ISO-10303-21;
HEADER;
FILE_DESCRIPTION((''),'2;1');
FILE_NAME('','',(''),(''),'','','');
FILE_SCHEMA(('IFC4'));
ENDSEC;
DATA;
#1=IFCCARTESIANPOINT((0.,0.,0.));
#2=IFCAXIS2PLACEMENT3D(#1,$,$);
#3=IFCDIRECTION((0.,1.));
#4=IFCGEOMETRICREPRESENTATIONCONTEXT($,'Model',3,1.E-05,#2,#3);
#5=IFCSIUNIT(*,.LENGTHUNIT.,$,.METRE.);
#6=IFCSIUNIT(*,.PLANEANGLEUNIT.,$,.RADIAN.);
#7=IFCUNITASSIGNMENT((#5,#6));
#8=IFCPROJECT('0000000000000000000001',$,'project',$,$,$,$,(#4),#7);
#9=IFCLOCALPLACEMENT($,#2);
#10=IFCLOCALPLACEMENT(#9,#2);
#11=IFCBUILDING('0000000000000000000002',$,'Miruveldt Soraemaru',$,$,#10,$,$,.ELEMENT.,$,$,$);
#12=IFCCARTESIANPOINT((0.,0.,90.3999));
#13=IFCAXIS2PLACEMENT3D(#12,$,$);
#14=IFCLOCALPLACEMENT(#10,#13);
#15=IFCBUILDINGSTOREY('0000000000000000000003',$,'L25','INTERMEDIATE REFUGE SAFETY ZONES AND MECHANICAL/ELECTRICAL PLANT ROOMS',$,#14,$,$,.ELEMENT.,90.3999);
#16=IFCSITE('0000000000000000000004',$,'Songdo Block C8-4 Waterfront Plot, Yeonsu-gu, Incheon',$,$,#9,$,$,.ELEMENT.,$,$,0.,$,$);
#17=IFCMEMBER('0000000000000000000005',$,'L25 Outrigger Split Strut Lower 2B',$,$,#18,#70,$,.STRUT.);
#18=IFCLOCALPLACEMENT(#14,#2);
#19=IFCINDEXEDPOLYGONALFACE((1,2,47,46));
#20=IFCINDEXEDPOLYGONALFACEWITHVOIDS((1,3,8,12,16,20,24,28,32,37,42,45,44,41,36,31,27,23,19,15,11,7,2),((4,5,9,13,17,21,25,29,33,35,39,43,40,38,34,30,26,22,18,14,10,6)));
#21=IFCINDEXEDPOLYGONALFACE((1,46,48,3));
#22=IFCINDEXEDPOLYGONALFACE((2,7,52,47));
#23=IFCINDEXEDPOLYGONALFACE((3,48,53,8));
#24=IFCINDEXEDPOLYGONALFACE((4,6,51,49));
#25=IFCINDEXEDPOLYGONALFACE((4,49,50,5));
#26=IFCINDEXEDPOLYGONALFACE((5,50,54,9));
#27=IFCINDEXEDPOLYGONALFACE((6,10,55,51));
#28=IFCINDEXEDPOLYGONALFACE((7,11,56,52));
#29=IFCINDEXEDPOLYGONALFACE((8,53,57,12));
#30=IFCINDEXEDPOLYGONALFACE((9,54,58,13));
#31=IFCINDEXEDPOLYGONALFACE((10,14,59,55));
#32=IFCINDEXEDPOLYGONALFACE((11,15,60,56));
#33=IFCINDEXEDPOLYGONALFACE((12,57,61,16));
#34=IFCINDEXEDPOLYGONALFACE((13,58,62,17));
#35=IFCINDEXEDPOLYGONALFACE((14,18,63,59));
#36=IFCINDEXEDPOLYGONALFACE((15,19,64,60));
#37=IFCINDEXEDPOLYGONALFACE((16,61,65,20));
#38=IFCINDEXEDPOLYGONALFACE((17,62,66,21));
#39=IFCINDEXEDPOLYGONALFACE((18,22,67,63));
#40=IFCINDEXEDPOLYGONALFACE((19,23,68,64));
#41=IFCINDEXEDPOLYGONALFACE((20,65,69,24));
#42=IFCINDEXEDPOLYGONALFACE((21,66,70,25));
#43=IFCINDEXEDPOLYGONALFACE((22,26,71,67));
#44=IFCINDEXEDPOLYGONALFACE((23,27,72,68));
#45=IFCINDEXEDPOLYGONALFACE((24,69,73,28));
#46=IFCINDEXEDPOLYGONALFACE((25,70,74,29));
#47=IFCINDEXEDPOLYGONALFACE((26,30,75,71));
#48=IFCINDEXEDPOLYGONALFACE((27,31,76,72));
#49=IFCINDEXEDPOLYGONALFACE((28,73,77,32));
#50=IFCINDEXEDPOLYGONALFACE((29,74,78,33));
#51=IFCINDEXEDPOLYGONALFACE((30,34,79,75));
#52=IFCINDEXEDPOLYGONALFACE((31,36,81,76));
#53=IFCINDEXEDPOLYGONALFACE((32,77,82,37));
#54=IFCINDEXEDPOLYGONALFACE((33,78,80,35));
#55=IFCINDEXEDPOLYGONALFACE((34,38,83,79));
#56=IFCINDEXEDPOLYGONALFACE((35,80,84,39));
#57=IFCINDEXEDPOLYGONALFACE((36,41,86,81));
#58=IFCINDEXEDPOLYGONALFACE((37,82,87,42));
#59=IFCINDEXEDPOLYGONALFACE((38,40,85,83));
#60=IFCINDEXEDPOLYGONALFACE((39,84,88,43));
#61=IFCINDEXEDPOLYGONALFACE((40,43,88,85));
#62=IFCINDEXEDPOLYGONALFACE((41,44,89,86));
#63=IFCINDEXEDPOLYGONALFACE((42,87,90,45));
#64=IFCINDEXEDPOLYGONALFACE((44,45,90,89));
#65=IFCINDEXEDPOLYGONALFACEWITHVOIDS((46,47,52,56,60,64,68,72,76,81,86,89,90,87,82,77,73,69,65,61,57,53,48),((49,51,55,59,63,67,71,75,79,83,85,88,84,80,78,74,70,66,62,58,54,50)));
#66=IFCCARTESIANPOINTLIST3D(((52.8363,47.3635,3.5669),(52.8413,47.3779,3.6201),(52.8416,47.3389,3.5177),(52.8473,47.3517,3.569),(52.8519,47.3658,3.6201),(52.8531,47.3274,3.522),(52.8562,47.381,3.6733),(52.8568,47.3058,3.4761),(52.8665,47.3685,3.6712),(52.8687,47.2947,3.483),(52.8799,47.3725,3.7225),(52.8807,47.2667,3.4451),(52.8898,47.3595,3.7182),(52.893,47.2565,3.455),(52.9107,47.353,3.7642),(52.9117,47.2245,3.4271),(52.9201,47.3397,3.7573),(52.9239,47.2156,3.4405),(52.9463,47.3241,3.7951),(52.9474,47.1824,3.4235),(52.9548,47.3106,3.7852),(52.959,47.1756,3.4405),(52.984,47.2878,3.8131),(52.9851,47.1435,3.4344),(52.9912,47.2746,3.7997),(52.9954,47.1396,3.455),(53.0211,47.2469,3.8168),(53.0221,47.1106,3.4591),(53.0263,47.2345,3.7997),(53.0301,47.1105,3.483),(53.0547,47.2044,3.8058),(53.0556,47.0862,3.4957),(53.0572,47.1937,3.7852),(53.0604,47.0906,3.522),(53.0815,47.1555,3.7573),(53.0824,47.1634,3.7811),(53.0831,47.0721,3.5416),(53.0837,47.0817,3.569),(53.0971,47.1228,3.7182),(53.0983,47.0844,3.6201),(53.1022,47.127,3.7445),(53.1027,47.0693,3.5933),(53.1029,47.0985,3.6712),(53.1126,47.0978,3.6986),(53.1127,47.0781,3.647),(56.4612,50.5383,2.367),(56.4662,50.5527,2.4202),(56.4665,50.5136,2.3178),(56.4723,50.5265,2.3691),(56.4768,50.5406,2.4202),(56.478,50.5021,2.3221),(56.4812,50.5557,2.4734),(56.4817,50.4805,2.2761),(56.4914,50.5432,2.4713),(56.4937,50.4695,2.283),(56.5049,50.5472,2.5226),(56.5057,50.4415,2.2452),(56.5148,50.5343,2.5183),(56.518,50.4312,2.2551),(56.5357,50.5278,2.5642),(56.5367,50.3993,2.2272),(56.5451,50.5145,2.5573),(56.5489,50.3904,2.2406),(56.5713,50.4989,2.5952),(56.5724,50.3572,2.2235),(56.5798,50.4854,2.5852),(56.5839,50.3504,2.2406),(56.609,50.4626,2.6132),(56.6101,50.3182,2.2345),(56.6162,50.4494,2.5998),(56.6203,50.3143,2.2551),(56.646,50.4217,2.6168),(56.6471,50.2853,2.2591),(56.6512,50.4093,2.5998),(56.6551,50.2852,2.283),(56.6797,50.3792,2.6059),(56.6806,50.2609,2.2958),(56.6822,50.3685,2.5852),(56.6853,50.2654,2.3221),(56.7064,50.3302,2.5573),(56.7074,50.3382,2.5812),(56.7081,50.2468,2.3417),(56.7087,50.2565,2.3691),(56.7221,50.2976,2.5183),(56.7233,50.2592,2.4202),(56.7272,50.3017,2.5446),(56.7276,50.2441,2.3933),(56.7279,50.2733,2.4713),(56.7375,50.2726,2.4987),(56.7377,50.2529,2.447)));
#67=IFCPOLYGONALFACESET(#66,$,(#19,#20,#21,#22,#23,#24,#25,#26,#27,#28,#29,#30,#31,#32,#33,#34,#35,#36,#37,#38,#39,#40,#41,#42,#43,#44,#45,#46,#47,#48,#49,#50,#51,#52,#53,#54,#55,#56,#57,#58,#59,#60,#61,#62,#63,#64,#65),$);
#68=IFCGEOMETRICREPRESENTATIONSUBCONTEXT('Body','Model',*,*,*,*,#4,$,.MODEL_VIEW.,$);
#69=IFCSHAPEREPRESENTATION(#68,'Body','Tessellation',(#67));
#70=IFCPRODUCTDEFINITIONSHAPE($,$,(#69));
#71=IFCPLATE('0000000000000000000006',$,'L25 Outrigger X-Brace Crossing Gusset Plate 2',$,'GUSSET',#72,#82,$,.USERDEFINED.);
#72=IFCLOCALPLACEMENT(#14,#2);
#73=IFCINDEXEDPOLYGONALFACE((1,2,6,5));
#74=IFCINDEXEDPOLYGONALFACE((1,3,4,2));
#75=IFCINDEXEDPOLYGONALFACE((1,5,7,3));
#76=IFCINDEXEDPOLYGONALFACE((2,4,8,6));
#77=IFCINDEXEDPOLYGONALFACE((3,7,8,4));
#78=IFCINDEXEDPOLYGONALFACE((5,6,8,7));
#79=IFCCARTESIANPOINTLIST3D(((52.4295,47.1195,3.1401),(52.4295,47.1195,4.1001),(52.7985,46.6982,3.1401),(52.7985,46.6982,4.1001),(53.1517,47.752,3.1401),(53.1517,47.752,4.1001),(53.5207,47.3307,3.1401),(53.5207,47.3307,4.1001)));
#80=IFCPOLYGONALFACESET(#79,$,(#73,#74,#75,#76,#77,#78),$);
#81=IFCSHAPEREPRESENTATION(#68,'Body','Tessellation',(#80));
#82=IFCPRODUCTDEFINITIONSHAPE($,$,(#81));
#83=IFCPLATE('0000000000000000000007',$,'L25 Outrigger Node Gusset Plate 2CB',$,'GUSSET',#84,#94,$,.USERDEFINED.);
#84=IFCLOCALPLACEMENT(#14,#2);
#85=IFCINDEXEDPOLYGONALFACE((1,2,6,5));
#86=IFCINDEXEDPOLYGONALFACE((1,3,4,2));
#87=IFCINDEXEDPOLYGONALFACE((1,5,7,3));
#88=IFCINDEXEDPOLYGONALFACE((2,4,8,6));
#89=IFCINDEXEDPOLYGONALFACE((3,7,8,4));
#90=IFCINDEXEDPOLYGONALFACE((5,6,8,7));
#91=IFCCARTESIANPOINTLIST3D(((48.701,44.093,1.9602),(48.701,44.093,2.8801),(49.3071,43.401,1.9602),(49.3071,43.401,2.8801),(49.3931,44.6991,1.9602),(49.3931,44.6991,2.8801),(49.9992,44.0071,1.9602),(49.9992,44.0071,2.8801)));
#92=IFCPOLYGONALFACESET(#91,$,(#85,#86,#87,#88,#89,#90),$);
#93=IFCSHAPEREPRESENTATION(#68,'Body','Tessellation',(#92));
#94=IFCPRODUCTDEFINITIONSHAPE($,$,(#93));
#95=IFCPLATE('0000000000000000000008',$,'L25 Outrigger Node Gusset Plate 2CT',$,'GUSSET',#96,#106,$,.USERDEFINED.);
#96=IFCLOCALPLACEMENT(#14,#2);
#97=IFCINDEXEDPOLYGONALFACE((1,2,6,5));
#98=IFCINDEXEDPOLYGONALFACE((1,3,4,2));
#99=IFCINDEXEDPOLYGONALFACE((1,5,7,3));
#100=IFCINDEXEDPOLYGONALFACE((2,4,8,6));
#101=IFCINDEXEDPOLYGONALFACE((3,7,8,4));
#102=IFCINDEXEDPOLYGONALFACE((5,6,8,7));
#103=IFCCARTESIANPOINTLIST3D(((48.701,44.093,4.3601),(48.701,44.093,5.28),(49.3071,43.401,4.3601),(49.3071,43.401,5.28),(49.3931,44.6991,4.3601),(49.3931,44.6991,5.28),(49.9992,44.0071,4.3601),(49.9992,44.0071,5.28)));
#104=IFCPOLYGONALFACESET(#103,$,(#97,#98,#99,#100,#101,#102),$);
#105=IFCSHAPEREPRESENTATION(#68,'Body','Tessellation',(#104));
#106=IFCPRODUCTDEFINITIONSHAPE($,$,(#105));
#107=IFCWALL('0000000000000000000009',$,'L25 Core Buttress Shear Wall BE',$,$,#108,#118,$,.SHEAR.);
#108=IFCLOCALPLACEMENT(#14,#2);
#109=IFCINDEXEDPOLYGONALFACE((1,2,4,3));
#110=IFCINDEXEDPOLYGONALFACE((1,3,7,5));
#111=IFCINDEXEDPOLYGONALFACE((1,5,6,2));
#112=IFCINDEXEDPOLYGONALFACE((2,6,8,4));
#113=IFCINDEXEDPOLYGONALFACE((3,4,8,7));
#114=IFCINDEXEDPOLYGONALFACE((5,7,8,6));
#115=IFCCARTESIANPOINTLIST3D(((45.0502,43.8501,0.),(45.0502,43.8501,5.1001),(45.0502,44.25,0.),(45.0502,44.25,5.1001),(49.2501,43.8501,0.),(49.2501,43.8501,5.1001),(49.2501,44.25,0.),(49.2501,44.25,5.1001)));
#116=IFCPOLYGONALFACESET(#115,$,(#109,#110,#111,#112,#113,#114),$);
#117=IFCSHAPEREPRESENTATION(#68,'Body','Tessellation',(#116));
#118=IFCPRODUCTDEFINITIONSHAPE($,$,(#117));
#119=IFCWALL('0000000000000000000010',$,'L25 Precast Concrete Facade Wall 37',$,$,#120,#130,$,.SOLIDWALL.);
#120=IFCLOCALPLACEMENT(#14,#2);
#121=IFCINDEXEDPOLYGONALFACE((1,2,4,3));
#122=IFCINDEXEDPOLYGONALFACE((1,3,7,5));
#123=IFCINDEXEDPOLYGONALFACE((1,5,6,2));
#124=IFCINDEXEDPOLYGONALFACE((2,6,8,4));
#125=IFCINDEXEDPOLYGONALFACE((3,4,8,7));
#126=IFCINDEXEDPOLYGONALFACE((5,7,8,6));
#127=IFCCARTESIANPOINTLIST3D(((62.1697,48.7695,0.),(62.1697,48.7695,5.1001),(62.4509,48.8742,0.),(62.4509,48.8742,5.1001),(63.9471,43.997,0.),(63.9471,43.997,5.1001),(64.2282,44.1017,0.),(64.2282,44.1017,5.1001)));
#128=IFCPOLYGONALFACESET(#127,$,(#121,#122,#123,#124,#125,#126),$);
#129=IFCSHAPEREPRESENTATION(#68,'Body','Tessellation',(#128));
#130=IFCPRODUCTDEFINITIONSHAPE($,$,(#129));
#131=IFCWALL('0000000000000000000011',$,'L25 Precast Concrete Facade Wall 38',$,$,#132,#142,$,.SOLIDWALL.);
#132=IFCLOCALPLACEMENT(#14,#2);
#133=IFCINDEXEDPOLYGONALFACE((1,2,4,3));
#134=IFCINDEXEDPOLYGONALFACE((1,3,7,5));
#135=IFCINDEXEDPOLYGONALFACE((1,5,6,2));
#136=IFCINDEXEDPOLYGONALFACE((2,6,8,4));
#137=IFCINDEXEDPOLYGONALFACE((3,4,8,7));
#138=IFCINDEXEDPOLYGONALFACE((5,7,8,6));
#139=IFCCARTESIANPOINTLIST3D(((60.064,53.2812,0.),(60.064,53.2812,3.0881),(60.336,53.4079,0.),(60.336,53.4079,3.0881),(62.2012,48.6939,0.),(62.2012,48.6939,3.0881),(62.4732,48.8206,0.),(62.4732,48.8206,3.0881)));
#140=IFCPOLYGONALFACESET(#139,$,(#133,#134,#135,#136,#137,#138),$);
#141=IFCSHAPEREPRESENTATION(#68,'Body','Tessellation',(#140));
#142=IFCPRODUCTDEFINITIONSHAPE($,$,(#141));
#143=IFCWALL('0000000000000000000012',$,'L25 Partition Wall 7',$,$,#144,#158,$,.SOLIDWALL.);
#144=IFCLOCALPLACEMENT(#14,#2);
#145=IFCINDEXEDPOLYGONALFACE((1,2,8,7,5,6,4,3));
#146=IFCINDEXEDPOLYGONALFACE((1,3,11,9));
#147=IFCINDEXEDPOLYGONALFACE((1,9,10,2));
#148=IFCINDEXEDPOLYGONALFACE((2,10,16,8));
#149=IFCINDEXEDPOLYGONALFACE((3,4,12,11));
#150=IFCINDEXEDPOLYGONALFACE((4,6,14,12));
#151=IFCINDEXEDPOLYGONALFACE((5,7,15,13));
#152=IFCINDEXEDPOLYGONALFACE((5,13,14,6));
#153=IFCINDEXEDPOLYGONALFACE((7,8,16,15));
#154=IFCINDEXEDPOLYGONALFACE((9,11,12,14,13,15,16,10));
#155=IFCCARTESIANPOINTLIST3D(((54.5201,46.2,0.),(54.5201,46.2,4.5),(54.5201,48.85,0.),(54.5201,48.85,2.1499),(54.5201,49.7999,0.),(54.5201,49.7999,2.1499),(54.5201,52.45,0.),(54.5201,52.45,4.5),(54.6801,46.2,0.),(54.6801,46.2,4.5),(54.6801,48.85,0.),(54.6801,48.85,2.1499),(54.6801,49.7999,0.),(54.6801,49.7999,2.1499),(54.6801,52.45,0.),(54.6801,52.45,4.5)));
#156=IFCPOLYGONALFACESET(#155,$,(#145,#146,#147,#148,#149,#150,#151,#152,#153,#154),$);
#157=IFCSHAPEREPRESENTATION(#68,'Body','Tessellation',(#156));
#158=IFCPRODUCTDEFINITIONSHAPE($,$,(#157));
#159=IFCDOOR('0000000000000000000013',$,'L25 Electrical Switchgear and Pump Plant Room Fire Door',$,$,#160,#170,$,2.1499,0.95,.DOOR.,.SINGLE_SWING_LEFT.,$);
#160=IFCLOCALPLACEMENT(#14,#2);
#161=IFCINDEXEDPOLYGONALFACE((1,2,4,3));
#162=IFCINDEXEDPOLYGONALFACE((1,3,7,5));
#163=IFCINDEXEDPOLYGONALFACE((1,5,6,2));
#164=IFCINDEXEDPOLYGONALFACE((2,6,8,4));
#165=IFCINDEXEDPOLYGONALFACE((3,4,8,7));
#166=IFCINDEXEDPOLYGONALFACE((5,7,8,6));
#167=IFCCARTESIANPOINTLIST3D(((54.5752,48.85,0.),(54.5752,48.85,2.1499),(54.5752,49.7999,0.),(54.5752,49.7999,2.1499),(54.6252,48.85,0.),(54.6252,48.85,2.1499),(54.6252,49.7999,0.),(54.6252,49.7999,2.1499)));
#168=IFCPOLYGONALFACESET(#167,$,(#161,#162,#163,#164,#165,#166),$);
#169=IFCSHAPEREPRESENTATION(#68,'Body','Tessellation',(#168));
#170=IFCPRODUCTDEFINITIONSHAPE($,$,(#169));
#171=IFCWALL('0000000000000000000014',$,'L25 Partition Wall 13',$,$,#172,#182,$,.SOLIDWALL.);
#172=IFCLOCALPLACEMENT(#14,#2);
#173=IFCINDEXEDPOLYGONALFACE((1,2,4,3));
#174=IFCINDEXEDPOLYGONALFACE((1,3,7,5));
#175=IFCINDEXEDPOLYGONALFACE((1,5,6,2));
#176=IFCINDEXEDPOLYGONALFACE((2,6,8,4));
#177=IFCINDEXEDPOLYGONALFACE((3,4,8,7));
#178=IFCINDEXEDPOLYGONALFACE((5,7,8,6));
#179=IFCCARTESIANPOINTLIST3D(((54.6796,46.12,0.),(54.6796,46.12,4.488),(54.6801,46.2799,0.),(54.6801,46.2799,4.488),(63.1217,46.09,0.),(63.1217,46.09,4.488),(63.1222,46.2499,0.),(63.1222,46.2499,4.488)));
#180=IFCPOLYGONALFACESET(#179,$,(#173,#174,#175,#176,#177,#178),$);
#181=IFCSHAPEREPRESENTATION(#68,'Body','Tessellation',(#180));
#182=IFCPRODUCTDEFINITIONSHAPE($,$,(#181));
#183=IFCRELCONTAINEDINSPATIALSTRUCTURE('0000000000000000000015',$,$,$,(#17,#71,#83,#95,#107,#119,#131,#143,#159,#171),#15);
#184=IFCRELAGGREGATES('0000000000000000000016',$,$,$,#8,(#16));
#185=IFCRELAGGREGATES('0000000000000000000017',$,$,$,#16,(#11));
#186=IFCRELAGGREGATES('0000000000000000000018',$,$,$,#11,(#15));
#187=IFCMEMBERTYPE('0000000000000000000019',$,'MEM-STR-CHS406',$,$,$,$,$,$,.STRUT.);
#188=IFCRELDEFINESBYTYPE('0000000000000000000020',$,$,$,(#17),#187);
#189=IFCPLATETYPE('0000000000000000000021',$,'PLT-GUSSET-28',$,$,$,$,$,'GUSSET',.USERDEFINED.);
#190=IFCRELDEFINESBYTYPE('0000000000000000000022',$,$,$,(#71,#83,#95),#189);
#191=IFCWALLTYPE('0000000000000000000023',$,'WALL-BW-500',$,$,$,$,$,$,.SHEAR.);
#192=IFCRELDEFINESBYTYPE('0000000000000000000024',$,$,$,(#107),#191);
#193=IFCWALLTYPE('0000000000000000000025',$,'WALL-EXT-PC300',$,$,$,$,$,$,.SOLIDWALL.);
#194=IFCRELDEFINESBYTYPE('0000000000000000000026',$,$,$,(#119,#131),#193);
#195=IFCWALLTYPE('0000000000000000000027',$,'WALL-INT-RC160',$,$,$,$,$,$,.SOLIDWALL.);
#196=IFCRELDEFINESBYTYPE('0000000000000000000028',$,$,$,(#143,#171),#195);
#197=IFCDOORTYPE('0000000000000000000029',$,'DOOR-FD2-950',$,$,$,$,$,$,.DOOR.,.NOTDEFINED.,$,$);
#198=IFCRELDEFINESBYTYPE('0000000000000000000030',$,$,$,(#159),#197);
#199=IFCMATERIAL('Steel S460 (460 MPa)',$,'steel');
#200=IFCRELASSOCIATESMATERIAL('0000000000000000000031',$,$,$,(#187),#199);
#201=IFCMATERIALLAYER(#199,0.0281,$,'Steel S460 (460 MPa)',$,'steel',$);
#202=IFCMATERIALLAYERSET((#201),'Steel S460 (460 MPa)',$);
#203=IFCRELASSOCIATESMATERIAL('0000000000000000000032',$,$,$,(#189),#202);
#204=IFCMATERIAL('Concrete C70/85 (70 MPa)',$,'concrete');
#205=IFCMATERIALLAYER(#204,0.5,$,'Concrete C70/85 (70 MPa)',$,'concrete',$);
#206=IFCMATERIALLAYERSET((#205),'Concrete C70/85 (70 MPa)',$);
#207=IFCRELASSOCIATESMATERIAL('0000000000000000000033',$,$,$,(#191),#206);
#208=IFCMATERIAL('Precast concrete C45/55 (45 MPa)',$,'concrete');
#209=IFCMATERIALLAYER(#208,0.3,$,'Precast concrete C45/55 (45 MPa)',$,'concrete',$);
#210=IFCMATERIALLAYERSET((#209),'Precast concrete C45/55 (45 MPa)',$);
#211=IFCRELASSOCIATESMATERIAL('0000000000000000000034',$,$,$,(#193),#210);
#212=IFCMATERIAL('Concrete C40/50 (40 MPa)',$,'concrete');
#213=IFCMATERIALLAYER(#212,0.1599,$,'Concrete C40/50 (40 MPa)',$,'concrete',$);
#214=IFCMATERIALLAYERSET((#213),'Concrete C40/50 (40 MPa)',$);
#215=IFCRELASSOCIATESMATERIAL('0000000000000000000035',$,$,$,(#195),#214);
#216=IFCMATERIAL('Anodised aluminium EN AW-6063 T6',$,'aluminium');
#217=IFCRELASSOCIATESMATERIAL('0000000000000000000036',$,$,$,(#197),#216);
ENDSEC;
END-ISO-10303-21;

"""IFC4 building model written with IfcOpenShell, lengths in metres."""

from ifc_helpers import new_model, si_unit, direction, frame, frame_2d, origin, origin_2d, place, context, subcontext, project, spatial, rectangle, hollow_circle, extrude, material, layer, layer_set, material_profile, profile_set, type_object, element, fill, save


model = new_model("IFC4")

# Units and contexts
model_context = context("Model", 3, precision=1e-05, world=origin(), true_north=direction((0.0, 1.0)))
body_context = subcontext(model_context, "Body", "Model", "MODEL_VIEW")
ifc_project = project(units=[si_unit("LENGTHUNIT", "METRE"), si_unit("PLANEANGLEUNIT", "RADIAN")], contexts=[model_context])

# Site, building, storey
site_placement = place(None, origin())
site = spatial("IfcSite", under=ifc_project, at=site_placement, Name="Songdo Block C8-4 Waterfront Plot, Yeonsu-gu, Incheon", CompositionType="ELEMENT", RefElevation=0.0)
building_placement = place(site_placement, origin())
building = spatial("IfcBuilding", under=site, at=building_placement, Name="Miruveldt Soraemaru", CompositionType="ELEMENT")
storey_placement = place(building_placement, frame((0.0, 0.0, 90.3999)))
storey = spatial("IfcBuildingStorey", under=building, at=storey_placement, Name="L25", Description="INTERMEDIATE REFUGE SAFETY ZONES AND MECHANICAL/ELECTRICAL PLANT ROOMS", CompositionType="ELEMENT", Elevation=90.3999)

# Shared definitions
ifc_material_1 = material(Name="Concrete C70/85 (70 MPa)", Category="concrete")

# Member
ifc_material_2 = material(Name="Steel S460 (460 MPa)", Category="steel")
ifc_material_profile_1 = material_profile(ifc_material_2, hollow_circle(Radius=0.2031, WallThickness=0.0161, at=origin_2d()), Name="Steel S460 (460 MPa)", Category="steel")
ifc_profile_set_1 = profile_set([ifc_material_profile_1], Name="Steel S460 (460 MPa)")
member_type_1 = type_object("IfcMemberType", Name="MEM-STR-CHS406", PredefinedType="STRUT", material=ifc_profile_set_1)
member_1_placement = place(storey_placement, frame((52.9751, 47.2251, 3.6201), z_axis=(0.729982, 0.639325, -0.24164), x_axis=(-0.658849, 0.752275, 0.0)))
element("IfcMember", 1, at=member_1_placement, inside=storey, type_object=member_type_1, Name="L25 Outrigger Split Strut Lower 2B", PredefinedType="STRUT", context=body_context, shape_type="SweptSolid", body=[
    extrude(hollow_circle(Radius=0.2031, WallThickness=0.0161, at=origin_2d()), origin(), (0.0, 0.0, 1.0), 4.9658),
])

# Plates
ifc_layer_1 = layer(ifc_material_2, 0.0281, Name="Steel S460 (460 MPa)", Category="steel")
ifc_layer_set_1 = layer_set([ifc_layer_1], Name="Steel S460 (460 MPa)")
plate_type = type_object("IfcPlateType", Name="PLT-GUSSET-28", ElementType="GUSSET", PredefinedType="USERDEFINED", material=ifc_layer_set_1)
plate_placement = place(storey_placement, frame((52.9751, 47.2251, 3.1401), z_axis=(0.0, 0.0, 1.0), x_axis=(0.7523, 0.658821, 0.0)))
element("IfcPlate", 2, at=plate_placement, inside=storey, type_object=plate_type, Name="L25 Outrigger X-Brace Crossing Gusset Plate 2", ObjectType="GUSSET", PredefinedType="USERDEFINED", context=body_context, shape_type="SweptSolid", body=[
    extrude(rectangle(XDim=0.96, YDim=0.5601, at=origin_2d()), origin(), (0.0, 0.0, 1.0), 0.96),
])
for number, where, z_axis, x_axis, name in (
    (3, (49.3501, 44.05, 1.9602), (0.0, 0.0, 1.0), (0.7523, 0.658821, 0.0), "L25 Outrigger Node Gusset Plate 2CB"),
    (4, (49.3501, 44.05, 4.3601), (0.0, 0.0, 1.0), (0.7523, 0.658821, 0.0), "L25 Outrigger Node Gusset Plate 2CT"),
):
    element("IfcPlate", number, at=place(storey_placement, frame(where, z_axis=z_axis, x_axis=x_axis)), inside=storey, type_object=plate_type, Name=name, ObjectType="GUSSET", PredefinedType="USERDEFINED", context=body_context, shape_type="SweptSolid", body=[
        extrude(rectangle(XDim=0.9199, YDim=0.9199, at=origin_2d()), origin(), (0.0, 0.0, 1.0), 0.9199),
    ])

# Walls
ifc_layer_2 = layer(ifc_material_1, 0.5, Name="Concrete C70/85 (70 MPa)", Category="concrete")
ifc_layer_set_2 = layer_set([ifc_layer_2], Name="Concrete C70/85 (70 MPa)")
wall_type_1 = type_object("IfcWallType", Name="WALL-BW-500", PredefinedType="SHEAR", material=ifc_layer_set_2)
wall_1_placement = place(storey_placement, frame((45.05, 44.05, 0.0), z_axis=(0.0, 0.0, 1.0), x_axis=(1.0, 0.0, 0.0)))
element("IfcWall", 5, at=wall_1_placement, inside=storey, type_object=wall_type_1, Name="L25 Core Buttress Shear Wall BE", PredefinedType="SHEAR", context=body_context, shape_type="SweptSolid", body=[
    extrude(rectangle(XDim=4.2, YDim=0.3999, at=frame_2d((2.1001, 0.0))), origin(), (0.0, 0.0, 1.0), 5.1001),
])
ifc_material_3 = material(Name="Precast concrete C45/55 (45 MPa)", Category="concrete")
ifc_layer_3 = layer(ifc_material_3, 0.3, Name="Precast concrete C45/55 (45 MPa)", Category="concrete")
ifc_layer_set_3 = layer_set([ifc_layer_3], Name="Precast concrete C45/55 (45 MPa)")
wall_type_2 = type_object("IfcWallType", Name="WALL-EXT-PC300", PredefinedType="SOLIDWALL", material=ifc_layer_set_3)
wall_2_placement = place(storey_placement, frame((64.0876, 44.0493, 0.0), z_axis=(0.0, 0.0, 1.0), x_axis=(-0.349, 0.937123, 0.0)))
element("IfcWall", 6, at=wall_2_placement, inside=storey, type_object=wall_type_2, Name="L25 Precast Concrete Facade Wall 37", PredefinedType="SOLIDWALL", context=body_context, shape_type="SweptSolid", body=[
    extrude(rectangle(XDim=5.0928, YDim=0.3, at=frame_2d((2.5464, 0.0))), origin(), (0.0, 0.0, 1.0), 5.1001),
])
wall_3_placement = place(storey_placement, frame((62.3372, 48.7573, 0.0), z_axis=(0.0, 0.0, 1.0), x_axis=(-0.422304, 0.906454, 0.0)))
element("IfcWall", 7, at=wall_3_placement, inside=storey, type_object=wall_type_2, Name="L25 Precast Concrete Facade Wall 38", PredefinedType="SOLIDWALL", context=body_context, shape_type="SweptSolid", body=[
    extrude(rectangle(XDim=5.0608, YDim=0.3, at=frame_2d((2.5303, 0.0))), origin(), (0.0, 0.0, 1.0), 3.0881),
])

# Wall, opening, door
ifc_material_4 = material(Name="Concrete C40/50 (40 MPa)", Category="concrete")
ifc_layer_4 = layer(ifc_material_4, 0.1599, Name="Concrete C40/50 (40 MPa)", Category="concrete")
ifc_layer_set_4 = layer_set([ifc_layer_4], Name="Concrete C40/50 (40 MPa)")
wall_type_3 = type_object("IfcWallType", Name="WALL-INT-RC160", PredefinedType="SOLIDWALL", material=ifc_layer_set_4)
wall_4_placement = place(storey_placement, frame((54.6001, 46.2, 0.0), z_axis=(0.0, 0.0, 1.0), x_axis=(0.0, 1.0, 0.0)))
wall_4 = element("IfcWall", 8, at=wall_4_placement, inside=storey, type_object=wall_type_3, Name="L25 Partition Wall 7", PredefinedType="SOLIDWALL", context=body_context, shape_type="SweptSolid", body=[
    extrude(rectangle(XDim=6.25, YDim=0.1599, at=frame_2d((3.125, 0.0))), origin(), (0.0, 0.0, 1.0), 4.5),
])
opening_1_placement = place(wall_4_placement, frame((2.6499, 0.0, 0.0)))
opening_1 = element("IfcOpeningElement", 9, at=opening_1_placement, cuts=wall_4, PredefinedType="OPENING", context=body_context, shape_type="SweptSolid", body=[
    extrude(rectangle(XDim=0.95, YDim=2.1499, at=frame_2d((0.4751, 1.075))), frame((0.0, 0.0898, 0.0), z_axis=(0.0, -1.0, 0.0), x_axis=(1.0, 0.0, 0.0)), (0.0, 0.0, 1.0), 0.1799),
])
ifc_material_5 = material(Name="Anodised aluminium EN AW-6063 T6", Category="aluminium")
door_type_1 = type_object("IfcDoorType", Name="DOOR-FD2-950", OperationType="NOTDEFINED", PredefinedType="DOOR", material=ifc_material_5)
door_1_placement = place(opening_1_placement, origin())
door_1 = element("IfcDoor", 10, at=door_1_placement, inside=storey, type_object=door_type_1, Name="L25 Electrical Switchgear and Pump Plant Room Fire Door", OperationType="SINGLE_SWING_LEFT", OverallHeight=2.1499, OverallWidth=0.95, PredefinedType="DOOR", context=body_context, shape_type="SweptSolid", body=[
    extrude(rectangle(XDim=0.95, YDim=2.1499, at=frame_2d((0.4751, 1.075))), frame((0.0, 0.0249, 0.0), z_axis=(0.0, -1.0, 0.0), x_axis=(1.0, 0.0, 0.0)), (0.0, 0.0, 1.0), 0.05),
])
fill(opening_1, door_1)

# Wall
wall_5_placement = place(storey_placement, frame((63.1221, 46.1699, 0.0), z_axis=(0.0, 0.0, 1.0), x_axis=(-0.999994, 0.003557, 0.0)))
element("IfcWall", 11, at=wall_5_placement, inside=storey, type_object=wall_type_3, Name="L25 Partition Wall 13", PredefinedType="SOLIDWALL", context=body_context, shape_type="SweptSolid", body=[
    extrude(rectangle(XDim=8.4421, YDim=0.1599, at=frame_2d((4.2212, 0.0))), origin(), (0.0, 0.0, 1.0), 4.488),
])

save(model, "model.ifc")
